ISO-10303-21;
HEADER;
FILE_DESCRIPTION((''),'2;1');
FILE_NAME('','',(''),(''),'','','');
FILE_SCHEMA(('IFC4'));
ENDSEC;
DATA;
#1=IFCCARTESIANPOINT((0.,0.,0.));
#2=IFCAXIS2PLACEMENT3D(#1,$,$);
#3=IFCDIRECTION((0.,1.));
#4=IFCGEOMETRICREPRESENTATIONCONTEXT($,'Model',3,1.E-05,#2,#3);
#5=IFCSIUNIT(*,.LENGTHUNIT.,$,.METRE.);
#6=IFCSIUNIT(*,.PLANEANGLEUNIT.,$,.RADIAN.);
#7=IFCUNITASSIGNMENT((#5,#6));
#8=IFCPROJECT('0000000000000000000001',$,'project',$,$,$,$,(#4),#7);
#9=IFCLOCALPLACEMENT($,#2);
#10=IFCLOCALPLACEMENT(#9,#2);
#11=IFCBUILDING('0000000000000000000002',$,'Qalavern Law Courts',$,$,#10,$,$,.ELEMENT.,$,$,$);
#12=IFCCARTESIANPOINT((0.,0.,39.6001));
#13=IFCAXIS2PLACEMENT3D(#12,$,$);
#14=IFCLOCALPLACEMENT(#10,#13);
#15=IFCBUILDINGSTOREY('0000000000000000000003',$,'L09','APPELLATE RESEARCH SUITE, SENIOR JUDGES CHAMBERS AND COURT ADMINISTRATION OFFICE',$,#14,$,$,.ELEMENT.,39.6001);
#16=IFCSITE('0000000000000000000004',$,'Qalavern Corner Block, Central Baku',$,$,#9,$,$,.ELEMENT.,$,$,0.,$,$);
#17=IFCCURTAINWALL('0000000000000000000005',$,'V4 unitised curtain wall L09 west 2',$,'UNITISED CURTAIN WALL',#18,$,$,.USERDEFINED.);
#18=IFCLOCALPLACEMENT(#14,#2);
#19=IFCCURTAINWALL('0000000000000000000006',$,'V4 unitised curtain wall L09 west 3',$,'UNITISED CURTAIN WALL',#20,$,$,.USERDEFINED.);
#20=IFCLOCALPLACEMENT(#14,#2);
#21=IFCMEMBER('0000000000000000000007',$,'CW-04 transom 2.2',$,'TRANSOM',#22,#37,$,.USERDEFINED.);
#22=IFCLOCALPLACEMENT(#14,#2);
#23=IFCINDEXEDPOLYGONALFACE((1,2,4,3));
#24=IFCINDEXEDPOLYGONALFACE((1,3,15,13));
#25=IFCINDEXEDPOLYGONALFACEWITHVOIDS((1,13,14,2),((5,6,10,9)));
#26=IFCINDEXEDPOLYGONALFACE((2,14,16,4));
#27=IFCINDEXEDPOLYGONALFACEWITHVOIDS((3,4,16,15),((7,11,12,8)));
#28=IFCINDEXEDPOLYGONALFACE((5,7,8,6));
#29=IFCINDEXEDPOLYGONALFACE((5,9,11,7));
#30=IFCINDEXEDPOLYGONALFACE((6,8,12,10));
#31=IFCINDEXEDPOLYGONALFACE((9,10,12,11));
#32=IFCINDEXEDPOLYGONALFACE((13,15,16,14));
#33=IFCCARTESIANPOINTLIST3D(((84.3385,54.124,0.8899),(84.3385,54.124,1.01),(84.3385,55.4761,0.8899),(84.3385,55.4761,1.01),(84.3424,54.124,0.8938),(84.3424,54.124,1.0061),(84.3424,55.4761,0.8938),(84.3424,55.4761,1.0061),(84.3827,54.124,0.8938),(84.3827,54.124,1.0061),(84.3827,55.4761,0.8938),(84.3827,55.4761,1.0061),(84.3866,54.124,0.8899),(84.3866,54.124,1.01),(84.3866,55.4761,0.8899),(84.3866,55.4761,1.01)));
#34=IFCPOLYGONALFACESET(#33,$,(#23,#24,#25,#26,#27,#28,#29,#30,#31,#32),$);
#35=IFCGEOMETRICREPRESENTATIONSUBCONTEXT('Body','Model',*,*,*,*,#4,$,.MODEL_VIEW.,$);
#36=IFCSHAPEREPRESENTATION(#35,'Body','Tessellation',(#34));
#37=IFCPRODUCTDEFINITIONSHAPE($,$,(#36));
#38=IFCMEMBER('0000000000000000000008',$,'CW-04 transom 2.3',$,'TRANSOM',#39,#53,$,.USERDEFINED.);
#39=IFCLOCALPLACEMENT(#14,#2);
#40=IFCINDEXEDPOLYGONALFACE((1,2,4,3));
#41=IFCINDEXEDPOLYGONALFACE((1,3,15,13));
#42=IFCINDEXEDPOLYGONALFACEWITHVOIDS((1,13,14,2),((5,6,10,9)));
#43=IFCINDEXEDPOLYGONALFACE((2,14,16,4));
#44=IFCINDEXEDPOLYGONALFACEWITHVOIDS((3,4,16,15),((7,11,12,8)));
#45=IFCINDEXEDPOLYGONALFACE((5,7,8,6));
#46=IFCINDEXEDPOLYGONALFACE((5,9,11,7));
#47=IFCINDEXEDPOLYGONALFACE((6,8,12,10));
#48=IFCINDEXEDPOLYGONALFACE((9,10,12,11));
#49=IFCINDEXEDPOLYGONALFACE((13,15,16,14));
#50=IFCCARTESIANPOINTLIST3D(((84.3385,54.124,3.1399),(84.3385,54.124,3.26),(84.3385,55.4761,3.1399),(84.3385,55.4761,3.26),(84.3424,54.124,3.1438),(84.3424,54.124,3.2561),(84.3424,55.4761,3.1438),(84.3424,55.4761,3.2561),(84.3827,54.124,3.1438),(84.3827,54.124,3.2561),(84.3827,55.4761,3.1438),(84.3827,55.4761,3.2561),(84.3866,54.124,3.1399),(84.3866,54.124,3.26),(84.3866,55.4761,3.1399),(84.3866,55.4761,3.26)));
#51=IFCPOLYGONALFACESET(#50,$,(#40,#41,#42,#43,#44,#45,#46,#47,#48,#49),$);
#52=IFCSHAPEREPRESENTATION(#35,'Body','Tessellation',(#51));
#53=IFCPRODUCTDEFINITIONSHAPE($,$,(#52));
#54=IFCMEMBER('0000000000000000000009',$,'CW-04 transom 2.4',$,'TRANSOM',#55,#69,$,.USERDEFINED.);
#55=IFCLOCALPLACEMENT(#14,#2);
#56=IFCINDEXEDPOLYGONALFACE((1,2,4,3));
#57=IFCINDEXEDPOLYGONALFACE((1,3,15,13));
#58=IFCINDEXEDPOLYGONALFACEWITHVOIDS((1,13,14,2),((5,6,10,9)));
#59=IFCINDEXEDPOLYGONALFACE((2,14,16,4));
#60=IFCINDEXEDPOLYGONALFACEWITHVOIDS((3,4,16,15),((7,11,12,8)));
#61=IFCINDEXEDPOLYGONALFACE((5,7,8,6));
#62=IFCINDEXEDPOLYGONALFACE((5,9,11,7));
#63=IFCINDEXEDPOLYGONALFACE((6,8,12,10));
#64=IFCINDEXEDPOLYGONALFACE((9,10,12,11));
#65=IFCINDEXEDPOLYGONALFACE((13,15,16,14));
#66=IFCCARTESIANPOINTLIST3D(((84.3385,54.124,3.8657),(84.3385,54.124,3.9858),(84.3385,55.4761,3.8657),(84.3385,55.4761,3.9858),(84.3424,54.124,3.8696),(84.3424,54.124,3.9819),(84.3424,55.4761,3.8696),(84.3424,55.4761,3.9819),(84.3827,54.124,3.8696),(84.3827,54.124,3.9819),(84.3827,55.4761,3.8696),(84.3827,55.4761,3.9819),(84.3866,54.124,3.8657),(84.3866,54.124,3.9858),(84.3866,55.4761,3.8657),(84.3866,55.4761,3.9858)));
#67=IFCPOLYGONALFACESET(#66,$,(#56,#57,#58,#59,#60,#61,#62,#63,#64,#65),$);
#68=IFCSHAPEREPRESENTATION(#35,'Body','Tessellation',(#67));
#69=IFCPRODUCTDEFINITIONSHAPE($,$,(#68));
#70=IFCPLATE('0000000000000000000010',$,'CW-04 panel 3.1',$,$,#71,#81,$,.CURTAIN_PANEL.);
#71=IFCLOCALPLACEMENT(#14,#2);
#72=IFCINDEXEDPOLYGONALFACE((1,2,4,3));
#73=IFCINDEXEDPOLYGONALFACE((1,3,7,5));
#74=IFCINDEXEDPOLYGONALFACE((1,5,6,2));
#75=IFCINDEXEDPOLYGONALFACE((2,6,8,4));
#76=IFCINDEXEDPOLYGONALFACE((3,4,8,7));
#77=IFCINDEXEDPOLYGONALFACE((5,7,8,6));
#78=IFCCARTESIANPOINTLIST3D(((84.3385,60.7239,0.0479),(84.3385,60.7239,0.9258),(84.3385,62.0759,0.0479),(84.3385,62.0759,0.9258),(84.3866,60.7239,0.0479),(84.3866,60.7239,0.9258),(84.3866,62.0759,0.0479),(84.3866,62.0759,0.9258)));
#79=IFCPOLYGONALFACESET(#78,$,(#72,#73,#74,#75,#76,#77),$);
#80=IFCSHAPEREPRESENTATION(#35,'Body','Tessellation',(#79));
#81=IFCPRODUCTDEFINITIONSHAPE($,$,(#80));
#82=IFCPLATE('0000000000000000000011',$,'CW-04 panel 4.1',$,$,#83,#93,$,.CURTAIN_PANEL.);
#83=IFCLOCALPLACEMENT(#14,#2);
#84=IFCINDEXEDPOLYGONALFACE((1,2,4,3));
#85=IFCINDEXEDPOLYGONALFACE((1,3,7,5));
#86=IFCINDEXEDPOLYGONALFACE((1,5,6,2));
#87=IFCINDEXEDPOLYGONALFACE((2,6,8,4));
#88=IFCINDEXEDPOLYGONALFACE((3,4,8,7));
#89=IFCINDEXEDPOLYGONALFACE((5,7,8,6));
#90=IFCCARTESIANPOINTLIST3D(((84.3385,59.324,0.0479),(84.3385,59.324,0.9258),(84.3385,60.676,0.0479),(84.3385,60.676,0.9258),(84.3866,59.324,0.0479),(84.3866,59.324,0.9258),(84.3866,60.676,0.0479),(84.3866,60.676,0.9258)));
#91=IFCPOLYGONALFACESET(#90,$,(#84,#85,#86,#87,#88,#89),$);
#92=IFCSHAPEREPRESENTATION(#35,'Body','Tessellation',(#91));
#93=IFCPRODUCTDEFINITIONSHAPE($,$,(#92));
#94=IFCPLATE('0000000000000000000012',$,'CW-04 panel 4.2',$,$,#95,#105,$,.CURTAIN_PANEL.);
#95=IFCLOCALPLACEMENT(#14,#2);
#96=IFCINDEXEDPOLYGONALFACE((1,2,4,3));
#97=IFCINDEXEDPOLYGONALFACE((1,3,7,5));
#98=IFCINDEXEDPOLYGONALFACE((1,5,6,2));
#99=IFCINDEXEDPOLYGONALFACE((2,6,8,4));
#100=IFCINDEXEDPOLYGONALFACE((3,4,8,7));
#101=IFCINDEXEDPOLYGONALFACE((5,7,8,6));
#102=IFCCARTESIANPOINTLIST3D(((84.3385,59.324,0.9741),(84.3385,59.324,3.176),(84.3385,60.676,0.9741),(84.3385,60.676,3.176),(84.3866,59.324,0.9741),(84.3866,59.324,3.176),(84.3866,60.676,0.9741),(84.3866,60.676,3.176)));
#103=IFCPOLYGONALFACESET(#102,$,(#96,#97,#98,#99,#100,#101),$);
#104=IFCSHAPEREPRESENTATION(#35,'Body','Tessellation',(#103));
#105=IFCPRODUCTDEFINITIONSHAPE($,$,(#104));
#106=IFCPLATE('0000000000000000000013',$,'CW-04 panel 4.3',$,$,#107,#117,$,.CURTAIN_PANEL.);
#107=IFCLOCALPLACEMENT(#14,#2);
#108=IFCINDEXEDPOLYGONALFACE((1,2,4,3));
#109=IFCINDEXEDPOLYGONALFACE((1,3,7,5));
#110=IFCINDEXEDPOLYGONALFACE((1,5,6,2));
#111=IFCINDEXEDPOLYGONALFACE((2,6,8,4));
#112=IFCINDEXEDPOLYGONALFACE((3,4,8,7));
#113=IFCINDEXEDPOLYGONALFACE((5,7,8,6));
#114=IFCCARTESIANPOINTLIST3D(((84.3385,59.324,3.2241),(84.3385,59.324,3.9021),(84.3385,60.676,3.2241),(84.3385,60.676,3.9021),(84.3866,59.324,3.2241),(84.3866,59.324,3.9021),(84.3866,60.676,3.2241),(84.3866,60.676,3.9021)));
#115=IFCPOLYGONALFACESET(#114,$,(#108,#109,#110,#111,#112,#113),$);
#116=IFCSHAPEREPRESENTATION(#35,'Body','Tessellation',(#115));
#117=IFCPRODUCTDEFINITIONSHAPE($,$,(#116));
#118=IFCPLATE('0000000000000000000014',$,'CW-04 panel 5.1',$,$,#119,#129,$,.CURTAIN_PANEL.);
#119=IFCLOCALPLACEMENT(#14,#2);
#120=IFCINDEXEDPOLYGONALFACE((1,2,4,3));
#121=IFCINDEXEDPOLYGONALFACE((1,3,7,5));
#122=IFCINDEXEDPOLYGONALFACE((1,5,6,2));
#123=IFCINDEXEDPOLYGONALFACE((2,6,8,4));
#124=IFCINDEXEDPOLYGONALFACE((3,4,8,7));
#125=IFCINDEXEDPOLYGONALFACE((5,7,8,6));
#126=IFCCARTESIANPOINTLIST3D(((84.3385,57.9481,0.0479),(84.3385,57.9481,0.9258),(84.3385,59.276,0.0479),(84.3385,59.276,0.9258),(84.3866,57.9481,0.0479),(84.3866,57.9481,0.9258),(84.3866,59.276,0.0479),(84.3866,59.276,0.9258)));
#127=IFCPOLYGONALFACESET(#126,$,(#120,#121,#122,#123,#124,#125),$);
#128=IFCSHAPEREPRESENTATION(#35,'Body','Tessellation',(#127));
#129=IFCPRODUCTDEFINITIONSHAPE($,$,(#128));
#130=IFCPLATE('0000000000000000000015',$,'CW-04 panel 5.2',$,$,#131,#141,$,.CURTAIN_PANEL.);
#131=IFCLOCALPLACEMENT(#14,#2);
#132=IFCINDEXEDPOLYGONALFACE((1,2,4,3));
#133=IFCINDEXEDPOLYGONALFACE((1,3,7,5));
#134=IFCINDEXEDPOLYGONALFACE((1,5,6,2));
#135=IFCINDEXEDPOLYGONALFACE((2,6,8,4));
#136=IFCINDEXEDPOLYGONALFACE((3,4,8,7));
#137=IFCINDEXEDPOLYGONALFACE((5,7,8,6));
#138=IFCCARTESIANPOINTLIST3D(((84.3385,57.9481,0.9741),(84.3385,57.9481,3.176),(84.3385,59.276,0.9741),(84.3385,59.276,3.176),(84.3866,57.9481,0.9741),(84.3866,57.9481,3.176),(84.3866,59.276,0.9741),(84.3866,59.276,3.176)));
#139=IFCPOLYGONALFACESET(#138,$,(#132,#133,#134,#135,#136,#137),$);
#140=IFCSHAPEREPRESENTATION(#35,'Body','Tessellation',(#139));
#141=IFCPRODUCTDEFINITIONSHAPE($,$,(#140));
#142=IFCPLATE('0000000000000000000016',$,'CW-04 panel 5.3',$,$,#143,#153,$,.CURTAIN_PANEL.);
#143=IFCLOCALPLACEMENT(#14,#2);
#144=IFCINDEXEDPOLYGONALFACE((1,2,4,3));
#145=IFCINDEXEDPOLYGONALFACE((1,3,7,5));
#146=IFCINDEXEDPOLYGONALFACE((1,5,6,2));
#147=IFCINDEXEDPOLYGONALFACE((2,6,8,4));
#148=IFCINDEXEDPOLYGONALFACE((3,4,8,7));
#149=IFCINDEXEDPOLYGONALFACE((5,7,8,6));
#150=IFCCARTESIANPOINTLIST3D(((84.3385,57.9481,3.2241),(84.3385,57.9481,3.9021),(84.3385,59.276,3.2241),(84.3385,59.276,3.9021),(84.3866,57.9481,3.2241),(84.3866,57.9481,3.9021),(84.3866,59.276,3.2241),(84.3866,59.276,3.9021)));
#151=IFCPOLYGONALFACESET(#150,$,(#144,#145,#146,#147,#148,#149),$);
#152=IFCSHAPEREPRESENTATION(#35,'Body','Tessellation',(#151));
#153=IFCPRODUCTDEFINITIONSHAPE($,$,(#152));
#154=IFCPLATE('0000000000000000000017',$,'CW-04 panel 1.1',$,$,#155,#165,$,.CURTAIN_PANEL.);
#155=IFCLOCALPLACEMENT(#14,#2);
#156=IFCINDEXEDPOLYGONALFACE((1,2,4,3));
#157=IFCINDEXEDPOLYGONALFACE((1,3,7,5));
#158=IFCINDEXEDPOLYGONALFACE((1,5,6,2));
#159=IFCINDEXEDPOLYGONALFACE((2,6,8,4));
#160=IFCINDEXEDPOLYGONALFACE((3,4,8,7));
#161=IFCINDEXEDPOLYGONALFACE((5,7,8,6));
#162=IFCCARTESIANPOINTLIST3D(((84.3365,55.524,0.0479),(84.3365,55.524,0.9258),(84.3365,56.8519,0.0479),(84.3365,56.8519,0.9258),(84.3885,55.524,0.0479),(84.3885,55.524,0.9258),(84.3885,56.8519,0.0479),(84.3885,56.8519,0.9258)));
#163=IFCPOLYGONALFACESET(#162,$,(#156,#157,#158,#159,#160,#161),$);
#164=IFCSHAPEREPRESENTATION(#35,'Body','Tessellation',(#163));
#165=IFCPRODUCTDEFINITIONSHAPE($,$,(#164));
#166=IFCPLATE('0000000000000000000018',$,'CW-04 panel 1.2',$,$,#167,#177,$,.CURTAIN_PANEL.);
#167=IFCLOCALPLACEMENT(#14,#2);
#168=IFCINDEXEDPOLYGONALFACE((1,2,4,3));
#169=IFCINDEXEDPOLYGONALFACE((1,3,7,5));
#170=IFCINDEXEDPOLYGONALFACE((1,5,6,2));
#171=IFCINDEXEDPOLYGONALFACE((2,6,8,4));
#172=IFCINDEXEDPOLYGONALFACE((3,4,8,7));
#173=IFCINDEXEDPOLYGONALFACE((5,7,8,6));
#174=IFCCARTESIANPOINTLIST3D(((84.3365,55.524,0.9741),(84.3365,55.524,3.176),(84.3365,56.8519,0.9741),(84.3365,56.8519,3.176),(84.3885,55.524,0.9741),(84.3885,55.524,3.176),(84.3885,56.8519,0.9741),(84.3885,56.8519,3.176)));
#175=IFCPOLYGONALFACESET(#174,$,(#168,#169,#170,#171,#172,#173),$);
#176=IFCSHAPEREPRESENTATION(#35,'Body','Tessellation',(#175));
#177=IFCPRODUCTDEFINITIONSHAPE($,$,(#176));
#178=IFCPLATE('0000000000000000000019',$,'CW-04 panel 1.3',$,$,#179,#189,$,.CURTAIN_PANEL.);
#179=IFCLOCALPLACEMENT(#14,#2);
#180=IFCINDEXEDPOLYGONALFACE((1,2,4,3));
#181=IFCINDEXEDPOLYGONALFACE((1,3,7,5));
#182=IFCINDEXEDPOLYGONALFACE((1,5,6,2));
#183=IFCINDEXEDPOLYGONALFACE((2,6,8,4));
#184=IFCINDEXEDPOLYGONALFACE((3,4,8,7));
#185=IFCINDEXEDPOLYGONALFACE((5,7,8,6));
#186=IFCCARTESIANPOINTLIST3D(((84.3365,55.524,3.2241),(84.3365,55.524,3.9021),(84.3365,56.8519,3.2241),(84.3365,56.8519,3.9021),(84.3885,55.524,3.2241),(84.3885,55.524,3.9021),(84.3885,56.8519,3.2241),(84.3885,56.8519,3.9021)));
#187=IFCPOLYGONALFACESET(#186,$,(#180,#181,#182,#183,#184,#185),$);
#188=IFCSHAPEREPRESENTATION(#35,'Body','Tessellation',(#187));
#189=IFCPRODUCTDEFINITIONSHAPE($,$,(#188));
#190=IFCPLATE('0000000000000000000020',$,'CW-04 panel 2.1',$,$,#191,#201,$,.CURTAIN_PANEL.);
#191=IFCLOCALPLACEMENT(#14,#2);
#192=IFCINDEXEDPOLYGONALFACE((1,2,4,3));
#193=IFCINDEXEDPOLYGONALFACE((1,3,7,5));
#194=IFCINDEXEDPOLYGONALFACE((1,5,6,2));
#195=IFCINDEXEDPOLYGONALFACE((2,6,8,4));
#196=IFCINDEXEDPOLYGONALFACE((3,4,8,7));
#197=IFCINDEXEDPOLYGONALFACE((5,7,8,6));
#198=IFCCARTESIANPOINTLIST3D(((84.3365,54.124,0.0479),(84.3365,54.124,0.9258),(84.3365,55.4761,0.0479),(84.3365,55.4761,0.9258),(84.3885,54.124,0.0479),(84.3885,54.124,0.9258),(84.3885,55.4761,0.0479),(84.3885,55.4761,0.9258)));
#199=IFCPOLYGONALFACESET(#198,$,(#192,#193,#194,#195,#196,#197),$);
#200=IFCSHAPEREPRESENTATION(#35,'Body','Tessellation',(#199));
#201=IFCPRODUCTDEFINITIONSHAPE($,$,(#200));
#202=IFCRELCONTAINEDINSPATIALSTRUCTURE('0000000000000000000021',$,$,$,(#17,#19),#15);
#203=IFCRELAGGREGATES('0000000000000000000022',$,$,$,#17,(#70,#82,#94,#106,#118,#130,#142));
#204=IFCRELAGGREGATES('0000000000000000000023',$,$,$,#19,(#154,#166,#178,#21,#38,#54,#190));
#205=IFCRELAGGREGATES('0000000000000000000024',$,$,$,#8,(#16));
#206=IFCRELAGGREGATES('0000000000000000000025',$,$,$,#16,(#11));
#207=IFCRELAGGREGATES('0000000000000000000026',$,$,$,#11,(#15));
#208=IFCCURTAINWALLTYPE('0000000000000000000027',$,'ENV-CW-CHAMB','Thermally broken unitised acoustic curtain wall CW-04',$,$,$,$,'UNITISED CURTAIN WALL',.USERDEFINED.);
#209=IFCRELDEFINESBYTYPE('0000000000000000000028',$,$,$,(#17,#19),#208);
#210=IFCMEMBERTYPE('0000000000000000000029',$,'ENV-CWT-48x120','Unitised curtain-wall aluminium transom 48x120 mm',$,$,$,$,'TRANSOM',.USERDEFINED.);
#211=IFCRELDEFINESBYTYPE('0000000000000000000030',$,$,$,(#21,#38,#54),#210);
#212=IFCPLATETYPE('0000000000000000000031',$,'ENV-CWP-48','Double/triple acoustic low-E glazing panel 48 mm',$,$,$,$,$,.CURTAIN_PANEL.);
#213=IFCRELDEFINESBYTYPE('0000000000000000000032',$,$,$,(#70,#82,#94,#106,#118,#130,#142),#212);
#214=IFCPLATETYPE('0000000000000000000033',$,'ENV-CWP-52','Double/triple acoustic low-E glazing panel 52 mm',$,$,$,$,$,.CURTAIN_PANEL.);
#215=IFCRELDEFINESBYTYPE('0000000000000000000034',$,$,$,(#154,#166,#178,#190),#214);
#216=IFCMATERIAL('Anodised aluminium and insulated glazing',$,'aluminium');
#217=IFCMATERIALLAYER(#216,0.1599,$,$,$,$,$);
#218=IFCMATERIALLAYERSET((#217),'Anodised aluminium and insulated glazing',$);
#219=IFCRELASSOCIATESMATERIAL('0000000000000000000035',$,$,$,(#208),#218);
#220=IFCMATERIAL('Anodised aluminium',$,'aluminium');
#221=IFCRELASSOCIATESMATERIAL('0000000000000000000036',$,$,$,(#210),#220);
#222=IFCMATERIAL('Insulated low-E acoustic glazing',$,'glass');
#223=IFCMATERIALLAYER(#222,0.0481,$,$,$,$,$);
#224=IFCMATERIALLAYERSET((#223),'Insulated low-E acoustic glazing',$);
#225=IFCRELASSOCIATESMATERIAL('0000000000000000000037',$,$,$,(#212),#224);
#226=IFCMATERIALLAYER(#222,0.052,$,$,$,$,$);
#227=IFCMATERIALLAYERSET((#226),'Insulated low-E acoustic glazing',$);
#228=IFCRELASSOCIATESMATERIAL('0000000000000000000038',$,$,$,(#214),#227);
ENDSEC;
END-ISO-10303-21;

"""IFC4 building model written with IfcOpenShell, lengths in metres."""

from ifc_helpers import new_model, si_unit, direction, frame, origin, origin_2d, place, context, subcontext, project, spatial, rectangle, hollow_rectangle, extrude, material, layer, layer_set, material_profile, profile_set, type_object, element, aggregate, save


model = new_model("IFC4")

# Units and contexts
model_context = context("Model", 3, precision=1e-05, world=origin(), true_north=direction((0.0, 1.0)))
body_context = subcontext(model_context, "Body", "Model", "MODEL_VIEW")
ifc_project = project(units=[si_unit("LENGTHUNIT", "METRE"), si_unit("PLANEANGLEUNIT", "RADIAN")], contexts=[model_context])

# Site, building, storey
site_placement = place(None, origin())
site = spatial("IfcSite", under=ifc_project, at=site_placement, Name="Qalavern Corner Block, Central Baku", CompositionType="ELEMENT", RefElevation=0.0)
building_placement = place(site_placement, origin())
building = spatial("IfcBuilding", under=site, at=building_placement, Name="Qalavern Law Courts", CompositionType="ELEMENT")
storey_placement = place(building_placement, frame((0.0, 0.0, 39.6001)))
storey = spatial("IfcBuildingStorey", under=building, at=storey_placement, Name="L09", Description="APPELLATE RESEARCH SUITE, SENIOR JUDGES CHAMBERS AND COURT ADMINISTRATION OFFICE", CompositionType="ELEMENT", Elevation=39.6001)

# Curtain walls
ifc_material_1 = material(Name="Anodised aluminium and insulated glazing", Category="aluminium")
ifc_layer_1 = layer(ifc_material_1, 0.1599)
ifc_layer_set_1 = layer_set([ifc_layer_1], Name="Anodised aluminium and insulated glazing")
curtain_wall_type = type_object("IfcCurtainWallType", Name="ENV-CW-CHAMB", Description="Thermally broken unitised acoustic curtain wall CW-04", ElementType="UNITISED CURTAIN WALL", PredefinedType="USERDEFINED", material=ifc_layer_set_1)
curtain_wall_1_placement = place(storey_placement, origin())
curtain_wall_1 = element("IfcCurtainWall", 1, at=curtain_wall_1_placement, inside=storey, type_object=curtain_wall_type, Name="V4 unitised curtain wall L09 west 2", ObjectType="UNITISED CURTAIN WALL", PredefinedType="USERDEFINED")
ifc_material_2 = material(Name="Anodised aluminium", Category="aluminium")
curtain_wall_2_placement = place(storey_placement, origin())
curtain_wall_2 = element("IfcCurtainWall", 2, at=curtain_wall_2_placement, inside=storey, type_object=curtain_wall_type, Name="V4 unitised curtain wall L09 west 3", ObjectType="UNITISED CURTAIN WALL", PredefinedType="USERDEFINED")

# Members
ifc_material_profile_1 = material_profile(ifc_material_2, hollow_rectangle(XDim=0.0481, YDim=0.1201, WallThickness=0.0039, at=origin_2d()), Name="ALU TRANSOM 48x120")
ifc_profile_set_1 = profile_set([ifc_material_profile_1], Name="Anodised aluminium")
member_type_1 = type_object("IfcMemberType", Name="ENV-CWT-48x120", Description="Unitised curtain-wall aluminium transom 48x120 mm", ElementType="TRANSOM", PredefinedType="USERDEFINED", material=ifc_profile_set_1)
member_1_placement = place(storey_placement, frame((84.3625, 55.4761, 0.95), z_axis=(0.0, -1.0, 0.0), x_axis=(1.0, 0.0, 0.0)))
member_1 = element("IfcMember", 3, at=member_1_placement, type_object=member_type_1, Name="CW-04 transom 2.2", ObjectType="TRANSOM", PredefinedType="USERDEFINED", context=body_context, shape_type="SweptSolid", body=[
    extrude(hollow_rectangle(XDim=0.0481, YDim=0.1201, WallThickness=0.0039, at=origin_2d()), origin(), (0.0, 0.0, 1.0), 1.3521),
])
member_2_placement = place(storey_placement, frame((84.3625, 55.4761, 3.2), z_axis=(0.0, -1.0, 0.0), x_axis=(1.0, 0.0, 0.0)))
member_2 = element("IfcMember", 4, at=member_2_placement, type_object=member_type_1, Name="CW-04 transom 2.3", ObjectType="TRANSOM", PredefinedType="USERDEFINED", context=body_context, shape_type="SweptSolid", body=[
    extrude(hollow_rectangle(XDim=0.0481, YDim=0.1201, WallThickness=0.0039, at=origin_2d()), origin(), (0.0, 0.0, 1.0), 1.3521),
])
member_3_placement = place(storey_placement, frame((84.3625, 55.4761, 3.9258), z_axis=(0.0, -1.0, 0.0), x_axis=(1.0, 0.0, 0.0)))
member_3 = element("IfcMember", 5, at=member_3_placement, type_object=member_type_1, Name="CW-04 transom 2.4", ObjectType="TRANSOM", PredefinedType="USERDEFINED", context=body_context, shape_type="SweptSolid", body=[
    extrude(hollow_rectangle(XDim=0.0481, YDim=0.1201, WallThickness=0.0039, at=origin_2d()), origin(), (0.0, 0.0, 1.0), 1.3521),
])

# Plates
ifc_material_3 = material(Name="Insulated low-E acoustic glazing", Category="glass")
ifc_layer_2 = layer(ifc_material_3, 0.0481)
ifc_layer_set_2 = layer_set([ifc_layer_2], Name="Insulated low-E acoustic glazing")
plate_type_1 = type_object("IfcPlateType", Name="ENV-CWP-48", Description="Double/triple acoustic low-E glazing panel 48 mm", PredefinedType="CURTAIN_PANEL", material=ifc_layer_set_2)
plate_1_placement = place(storey_placement, frame((84.3625, 61.3999, 0.0479), z_axis=(0.0, 0.0, 1.0), x_axis=(0.0, -1.0, 0.0)))
plate_1 = element("IfcPlate", 6, at=plate_1_placement, type_object=plate_type_1, Name="CW-04 panel 3.1", PredefinedType="CURTAIN_PANEL", context=body_context, shape_type="SweptSolid", body=[
    extrude(rectangle(XDim=1.3521, YDim=0.0481, at=origin_2d()), origin(), (0.0, 0.0, 1.0), 0.8779),
])
plate_2_placement = place(storey_placement, frame((84.3625, 60.0, 0.0479), z_axis=(0.0, 0.0, 1.0), x_axis=(0.0, -1.0, 0.0)))
plate_2 = element("IfcPlate", 7, at=plate_2_placement, type_object=plate_type_1, Name="CW-04 panel 4.1", PredefinedType="CURTAIN_PANEL", context=body_context, shape_type="SweptSolid", body=[
    extrude(rectangle(XDim=1.3521, YDim=0.0481, at=origin_2d()), origin(), (0.0, 0.0, 1.0), 0.8779),
])
plate_3_placement = place(storey_placement, frame((84.3625, 60.0, 0.9741), z_axis=(0.0, 0.0, 1.0), x_axis=(0.0, -1.0, 0.0)))
plate_3 = element("IfcPlate", 8, at=plate_3_placement, type_object=plate_type_1, Name="CW-04 panel 4.2", PredefinedType="CURTAIN_PANEL", context=body_context, shape_type="SweptSolid", body=[
    extrude(rectangle(XDim=1.3521, YDim=0.0481, at=origin_2d()), origin(), (0.0, 0.0, 1.0), 2.2019),
])
plate_4_placement = place(storey_placement, frame((84.3625, 60.0, 3.2241), z_axis=(0.0, 0.0, 1.0), x_axis=(0.0, -1.0, 0.0)))
plate_4 = element("IfcPlate", 9, at=plate_4_placement, type_object=plate_type_1, Name="CW-04 panel 4.3", PredefinedType="CURTAIN_PANEL", context=body_context, shape_type="SweptSolid", body=[
    extrude(rectangle(XDim=1.3521, YDim=0.0481, at=origin_2d()), origin(), (0.0, 0.0, 1.0), 0.678),
])
plate_5_placement = place(storey_placement, frame((84.3625, 58.6121, 0.0479), z_axis=(0.0, 0.0, 1.0), x_axis=(0.0, -1.0, 0.0)))
plate_5 = element("IfcPlate", 10, at=plate_5_placement, type_object=plate_type_1, Name="CW-04 panel 5.1", PredefinedType="CURTAIN_PANEL", context=body_context, shape_type="SweptSolid", body=[
    extrude(rectangle(XDim=1.3279, YDim=0.0481, at=origin_2d()), origin(), (0.0, 0.0, 1.0), 0.8779),
])
plate_6_placement = place(storey_placement, frame((84.3625, 58.6121, 0.9741), z_axis=(0.0, 0.0, 1.0), x_axis=(0.0, -1.0, 0.0)))
plate_6 = element("IfcPlate", 11, at=plate_6_placement, type_object=plate_type_1, Name="CW-04 panel 5.2", PredefinedType="CURTAIN_PANEL", context=body_context, shape_type="SweptSolid", body=[
    extrude(rectangle(XDim=1.3279, YDim=0.0481, at=origin_2d()), origin(), (0.0, 0.0, 1.0), 2.2019),
])
plate_7_placement = place(storey_placement, frame((84.3625, 58.6121, 3.2241), z_axis=(0.0, 0.0, 1.0), x_axis=(0.0, -1.0, 0.0)))
plate_7 = element("IfcPlate", 12, at=plate_7_placement, type_object=plate_type_1, Name="CW-04 panel 5.3", PredefinedType="CURTAIN_PANEL", context=body_context, shape_type="SweptSolid", body=[
    extrude(rectangle(XDim=1.3279, YDim=0.0481, at=origin_2d()), origin(), (0.0, 0.0, 1.0), 0.678),
])
aggregate(curtain_wall_1, [plate_1, plate_2, plate_3, plate_4, plate_5, plate_6, plate_7])
ifc_layer_3 = layer(ifc_material_3, 0.052)
ifc_layer_set_3 = layer_set([ifc_layer_3], Name="Insulated low-E acoustic glazing")
plate_type_2 = type_object("IfcPlateType", Name="ENV-CWP-52", Description="Double/triple acoustic low-E glazing panel 52 mm", PredefinedType="CURTAIN_PANEL", material=ifc_layer_set_3)
plate_8_placement = place(storey_placement, frame((84.3625, 56.188, 0.0479), z_axis=(0.0, 0.0, 1.0), x_axis=(0.0, -1.0, 0.0)))
plate_8 = element("IfcPlate", 13, at=plate_8_placement, type_object=plate_type_2, Name="CW-04 panel 1.1", PredefinedType="CURTAIN_PANEL", context=body_context, shape_type="SweptSolid", body=[
    extrude(rectangle(XDim=1.3279, YDim=0.052, at=origin_2d()), origin(), (0.0, 0.0, 1.0), 0.8779),
])
plate_9_placement = place(storey_placement, frame((84.3625, 56.188, 0.9741), z_axis=(0.0, 0.0, 1.0), x_axis=(0.0, -1.0, 0.0)))
plate_9 = element("IfcPlate", 14, at=plate_9_placement, type_object=plate_type_2, Name="CW-04 panel 1.2", PredefinedType="CURTAIN_PANEL", context=body_context, shape_type="SweptSolid", body=[
    extrude(rectangle(XDim=1.3279, YDim=0.052, at=origin_2d()), origin(), (0.0, 0.0, 1.0), 2.2019),
])
plate_10_placement = place(storey_placement, frame((84.3625, 56.188, 3.2241), z_axis=(0.0, 0.0, 1.0), x_axis=(0.0, -1.0, 0.0)))
plate_10 = element("IfcPlate", 15, at=plate_10_placement, type_object=plate_type_2, Name="CW-04 panel 1.3", PredefinedType="CURTAIN_PANEL", context=body_context, shape_type="SweptSolid", body=[
    extrude(rectangle(XDim=1.3279, YDim=0.052, at=origin_2d()), origin(), (0.0, 0.0, 1.0), 0.678),
])
plate_11_placement = place(storey_placement, frame((84.3625, 54.8, 0.0479), z_axis=(0.0, 0.0, 1.0), x_axis=(0.0, -1.0, 0.0)))
plate_11 = element("IfcPlate", 16, at=plate_11_placement, type_object=plate_type_2, Name="CW-04 panel 2.1", PredefinedType="CURTAIN_PANEL", context=body_context, shape_type="SweptSolid", body=[
    extrude(rectangle(XDim=1.3521, YDim=0.052, at=origin_2d()), origin(), (0.0, 0.0, 1.0), 0.8779),
])
aggregate(curtain_wall_2, [plate_8, plate_9, plate_10, member_1, member_2, member_3, plate_11])

save(model, "model.ifc")
